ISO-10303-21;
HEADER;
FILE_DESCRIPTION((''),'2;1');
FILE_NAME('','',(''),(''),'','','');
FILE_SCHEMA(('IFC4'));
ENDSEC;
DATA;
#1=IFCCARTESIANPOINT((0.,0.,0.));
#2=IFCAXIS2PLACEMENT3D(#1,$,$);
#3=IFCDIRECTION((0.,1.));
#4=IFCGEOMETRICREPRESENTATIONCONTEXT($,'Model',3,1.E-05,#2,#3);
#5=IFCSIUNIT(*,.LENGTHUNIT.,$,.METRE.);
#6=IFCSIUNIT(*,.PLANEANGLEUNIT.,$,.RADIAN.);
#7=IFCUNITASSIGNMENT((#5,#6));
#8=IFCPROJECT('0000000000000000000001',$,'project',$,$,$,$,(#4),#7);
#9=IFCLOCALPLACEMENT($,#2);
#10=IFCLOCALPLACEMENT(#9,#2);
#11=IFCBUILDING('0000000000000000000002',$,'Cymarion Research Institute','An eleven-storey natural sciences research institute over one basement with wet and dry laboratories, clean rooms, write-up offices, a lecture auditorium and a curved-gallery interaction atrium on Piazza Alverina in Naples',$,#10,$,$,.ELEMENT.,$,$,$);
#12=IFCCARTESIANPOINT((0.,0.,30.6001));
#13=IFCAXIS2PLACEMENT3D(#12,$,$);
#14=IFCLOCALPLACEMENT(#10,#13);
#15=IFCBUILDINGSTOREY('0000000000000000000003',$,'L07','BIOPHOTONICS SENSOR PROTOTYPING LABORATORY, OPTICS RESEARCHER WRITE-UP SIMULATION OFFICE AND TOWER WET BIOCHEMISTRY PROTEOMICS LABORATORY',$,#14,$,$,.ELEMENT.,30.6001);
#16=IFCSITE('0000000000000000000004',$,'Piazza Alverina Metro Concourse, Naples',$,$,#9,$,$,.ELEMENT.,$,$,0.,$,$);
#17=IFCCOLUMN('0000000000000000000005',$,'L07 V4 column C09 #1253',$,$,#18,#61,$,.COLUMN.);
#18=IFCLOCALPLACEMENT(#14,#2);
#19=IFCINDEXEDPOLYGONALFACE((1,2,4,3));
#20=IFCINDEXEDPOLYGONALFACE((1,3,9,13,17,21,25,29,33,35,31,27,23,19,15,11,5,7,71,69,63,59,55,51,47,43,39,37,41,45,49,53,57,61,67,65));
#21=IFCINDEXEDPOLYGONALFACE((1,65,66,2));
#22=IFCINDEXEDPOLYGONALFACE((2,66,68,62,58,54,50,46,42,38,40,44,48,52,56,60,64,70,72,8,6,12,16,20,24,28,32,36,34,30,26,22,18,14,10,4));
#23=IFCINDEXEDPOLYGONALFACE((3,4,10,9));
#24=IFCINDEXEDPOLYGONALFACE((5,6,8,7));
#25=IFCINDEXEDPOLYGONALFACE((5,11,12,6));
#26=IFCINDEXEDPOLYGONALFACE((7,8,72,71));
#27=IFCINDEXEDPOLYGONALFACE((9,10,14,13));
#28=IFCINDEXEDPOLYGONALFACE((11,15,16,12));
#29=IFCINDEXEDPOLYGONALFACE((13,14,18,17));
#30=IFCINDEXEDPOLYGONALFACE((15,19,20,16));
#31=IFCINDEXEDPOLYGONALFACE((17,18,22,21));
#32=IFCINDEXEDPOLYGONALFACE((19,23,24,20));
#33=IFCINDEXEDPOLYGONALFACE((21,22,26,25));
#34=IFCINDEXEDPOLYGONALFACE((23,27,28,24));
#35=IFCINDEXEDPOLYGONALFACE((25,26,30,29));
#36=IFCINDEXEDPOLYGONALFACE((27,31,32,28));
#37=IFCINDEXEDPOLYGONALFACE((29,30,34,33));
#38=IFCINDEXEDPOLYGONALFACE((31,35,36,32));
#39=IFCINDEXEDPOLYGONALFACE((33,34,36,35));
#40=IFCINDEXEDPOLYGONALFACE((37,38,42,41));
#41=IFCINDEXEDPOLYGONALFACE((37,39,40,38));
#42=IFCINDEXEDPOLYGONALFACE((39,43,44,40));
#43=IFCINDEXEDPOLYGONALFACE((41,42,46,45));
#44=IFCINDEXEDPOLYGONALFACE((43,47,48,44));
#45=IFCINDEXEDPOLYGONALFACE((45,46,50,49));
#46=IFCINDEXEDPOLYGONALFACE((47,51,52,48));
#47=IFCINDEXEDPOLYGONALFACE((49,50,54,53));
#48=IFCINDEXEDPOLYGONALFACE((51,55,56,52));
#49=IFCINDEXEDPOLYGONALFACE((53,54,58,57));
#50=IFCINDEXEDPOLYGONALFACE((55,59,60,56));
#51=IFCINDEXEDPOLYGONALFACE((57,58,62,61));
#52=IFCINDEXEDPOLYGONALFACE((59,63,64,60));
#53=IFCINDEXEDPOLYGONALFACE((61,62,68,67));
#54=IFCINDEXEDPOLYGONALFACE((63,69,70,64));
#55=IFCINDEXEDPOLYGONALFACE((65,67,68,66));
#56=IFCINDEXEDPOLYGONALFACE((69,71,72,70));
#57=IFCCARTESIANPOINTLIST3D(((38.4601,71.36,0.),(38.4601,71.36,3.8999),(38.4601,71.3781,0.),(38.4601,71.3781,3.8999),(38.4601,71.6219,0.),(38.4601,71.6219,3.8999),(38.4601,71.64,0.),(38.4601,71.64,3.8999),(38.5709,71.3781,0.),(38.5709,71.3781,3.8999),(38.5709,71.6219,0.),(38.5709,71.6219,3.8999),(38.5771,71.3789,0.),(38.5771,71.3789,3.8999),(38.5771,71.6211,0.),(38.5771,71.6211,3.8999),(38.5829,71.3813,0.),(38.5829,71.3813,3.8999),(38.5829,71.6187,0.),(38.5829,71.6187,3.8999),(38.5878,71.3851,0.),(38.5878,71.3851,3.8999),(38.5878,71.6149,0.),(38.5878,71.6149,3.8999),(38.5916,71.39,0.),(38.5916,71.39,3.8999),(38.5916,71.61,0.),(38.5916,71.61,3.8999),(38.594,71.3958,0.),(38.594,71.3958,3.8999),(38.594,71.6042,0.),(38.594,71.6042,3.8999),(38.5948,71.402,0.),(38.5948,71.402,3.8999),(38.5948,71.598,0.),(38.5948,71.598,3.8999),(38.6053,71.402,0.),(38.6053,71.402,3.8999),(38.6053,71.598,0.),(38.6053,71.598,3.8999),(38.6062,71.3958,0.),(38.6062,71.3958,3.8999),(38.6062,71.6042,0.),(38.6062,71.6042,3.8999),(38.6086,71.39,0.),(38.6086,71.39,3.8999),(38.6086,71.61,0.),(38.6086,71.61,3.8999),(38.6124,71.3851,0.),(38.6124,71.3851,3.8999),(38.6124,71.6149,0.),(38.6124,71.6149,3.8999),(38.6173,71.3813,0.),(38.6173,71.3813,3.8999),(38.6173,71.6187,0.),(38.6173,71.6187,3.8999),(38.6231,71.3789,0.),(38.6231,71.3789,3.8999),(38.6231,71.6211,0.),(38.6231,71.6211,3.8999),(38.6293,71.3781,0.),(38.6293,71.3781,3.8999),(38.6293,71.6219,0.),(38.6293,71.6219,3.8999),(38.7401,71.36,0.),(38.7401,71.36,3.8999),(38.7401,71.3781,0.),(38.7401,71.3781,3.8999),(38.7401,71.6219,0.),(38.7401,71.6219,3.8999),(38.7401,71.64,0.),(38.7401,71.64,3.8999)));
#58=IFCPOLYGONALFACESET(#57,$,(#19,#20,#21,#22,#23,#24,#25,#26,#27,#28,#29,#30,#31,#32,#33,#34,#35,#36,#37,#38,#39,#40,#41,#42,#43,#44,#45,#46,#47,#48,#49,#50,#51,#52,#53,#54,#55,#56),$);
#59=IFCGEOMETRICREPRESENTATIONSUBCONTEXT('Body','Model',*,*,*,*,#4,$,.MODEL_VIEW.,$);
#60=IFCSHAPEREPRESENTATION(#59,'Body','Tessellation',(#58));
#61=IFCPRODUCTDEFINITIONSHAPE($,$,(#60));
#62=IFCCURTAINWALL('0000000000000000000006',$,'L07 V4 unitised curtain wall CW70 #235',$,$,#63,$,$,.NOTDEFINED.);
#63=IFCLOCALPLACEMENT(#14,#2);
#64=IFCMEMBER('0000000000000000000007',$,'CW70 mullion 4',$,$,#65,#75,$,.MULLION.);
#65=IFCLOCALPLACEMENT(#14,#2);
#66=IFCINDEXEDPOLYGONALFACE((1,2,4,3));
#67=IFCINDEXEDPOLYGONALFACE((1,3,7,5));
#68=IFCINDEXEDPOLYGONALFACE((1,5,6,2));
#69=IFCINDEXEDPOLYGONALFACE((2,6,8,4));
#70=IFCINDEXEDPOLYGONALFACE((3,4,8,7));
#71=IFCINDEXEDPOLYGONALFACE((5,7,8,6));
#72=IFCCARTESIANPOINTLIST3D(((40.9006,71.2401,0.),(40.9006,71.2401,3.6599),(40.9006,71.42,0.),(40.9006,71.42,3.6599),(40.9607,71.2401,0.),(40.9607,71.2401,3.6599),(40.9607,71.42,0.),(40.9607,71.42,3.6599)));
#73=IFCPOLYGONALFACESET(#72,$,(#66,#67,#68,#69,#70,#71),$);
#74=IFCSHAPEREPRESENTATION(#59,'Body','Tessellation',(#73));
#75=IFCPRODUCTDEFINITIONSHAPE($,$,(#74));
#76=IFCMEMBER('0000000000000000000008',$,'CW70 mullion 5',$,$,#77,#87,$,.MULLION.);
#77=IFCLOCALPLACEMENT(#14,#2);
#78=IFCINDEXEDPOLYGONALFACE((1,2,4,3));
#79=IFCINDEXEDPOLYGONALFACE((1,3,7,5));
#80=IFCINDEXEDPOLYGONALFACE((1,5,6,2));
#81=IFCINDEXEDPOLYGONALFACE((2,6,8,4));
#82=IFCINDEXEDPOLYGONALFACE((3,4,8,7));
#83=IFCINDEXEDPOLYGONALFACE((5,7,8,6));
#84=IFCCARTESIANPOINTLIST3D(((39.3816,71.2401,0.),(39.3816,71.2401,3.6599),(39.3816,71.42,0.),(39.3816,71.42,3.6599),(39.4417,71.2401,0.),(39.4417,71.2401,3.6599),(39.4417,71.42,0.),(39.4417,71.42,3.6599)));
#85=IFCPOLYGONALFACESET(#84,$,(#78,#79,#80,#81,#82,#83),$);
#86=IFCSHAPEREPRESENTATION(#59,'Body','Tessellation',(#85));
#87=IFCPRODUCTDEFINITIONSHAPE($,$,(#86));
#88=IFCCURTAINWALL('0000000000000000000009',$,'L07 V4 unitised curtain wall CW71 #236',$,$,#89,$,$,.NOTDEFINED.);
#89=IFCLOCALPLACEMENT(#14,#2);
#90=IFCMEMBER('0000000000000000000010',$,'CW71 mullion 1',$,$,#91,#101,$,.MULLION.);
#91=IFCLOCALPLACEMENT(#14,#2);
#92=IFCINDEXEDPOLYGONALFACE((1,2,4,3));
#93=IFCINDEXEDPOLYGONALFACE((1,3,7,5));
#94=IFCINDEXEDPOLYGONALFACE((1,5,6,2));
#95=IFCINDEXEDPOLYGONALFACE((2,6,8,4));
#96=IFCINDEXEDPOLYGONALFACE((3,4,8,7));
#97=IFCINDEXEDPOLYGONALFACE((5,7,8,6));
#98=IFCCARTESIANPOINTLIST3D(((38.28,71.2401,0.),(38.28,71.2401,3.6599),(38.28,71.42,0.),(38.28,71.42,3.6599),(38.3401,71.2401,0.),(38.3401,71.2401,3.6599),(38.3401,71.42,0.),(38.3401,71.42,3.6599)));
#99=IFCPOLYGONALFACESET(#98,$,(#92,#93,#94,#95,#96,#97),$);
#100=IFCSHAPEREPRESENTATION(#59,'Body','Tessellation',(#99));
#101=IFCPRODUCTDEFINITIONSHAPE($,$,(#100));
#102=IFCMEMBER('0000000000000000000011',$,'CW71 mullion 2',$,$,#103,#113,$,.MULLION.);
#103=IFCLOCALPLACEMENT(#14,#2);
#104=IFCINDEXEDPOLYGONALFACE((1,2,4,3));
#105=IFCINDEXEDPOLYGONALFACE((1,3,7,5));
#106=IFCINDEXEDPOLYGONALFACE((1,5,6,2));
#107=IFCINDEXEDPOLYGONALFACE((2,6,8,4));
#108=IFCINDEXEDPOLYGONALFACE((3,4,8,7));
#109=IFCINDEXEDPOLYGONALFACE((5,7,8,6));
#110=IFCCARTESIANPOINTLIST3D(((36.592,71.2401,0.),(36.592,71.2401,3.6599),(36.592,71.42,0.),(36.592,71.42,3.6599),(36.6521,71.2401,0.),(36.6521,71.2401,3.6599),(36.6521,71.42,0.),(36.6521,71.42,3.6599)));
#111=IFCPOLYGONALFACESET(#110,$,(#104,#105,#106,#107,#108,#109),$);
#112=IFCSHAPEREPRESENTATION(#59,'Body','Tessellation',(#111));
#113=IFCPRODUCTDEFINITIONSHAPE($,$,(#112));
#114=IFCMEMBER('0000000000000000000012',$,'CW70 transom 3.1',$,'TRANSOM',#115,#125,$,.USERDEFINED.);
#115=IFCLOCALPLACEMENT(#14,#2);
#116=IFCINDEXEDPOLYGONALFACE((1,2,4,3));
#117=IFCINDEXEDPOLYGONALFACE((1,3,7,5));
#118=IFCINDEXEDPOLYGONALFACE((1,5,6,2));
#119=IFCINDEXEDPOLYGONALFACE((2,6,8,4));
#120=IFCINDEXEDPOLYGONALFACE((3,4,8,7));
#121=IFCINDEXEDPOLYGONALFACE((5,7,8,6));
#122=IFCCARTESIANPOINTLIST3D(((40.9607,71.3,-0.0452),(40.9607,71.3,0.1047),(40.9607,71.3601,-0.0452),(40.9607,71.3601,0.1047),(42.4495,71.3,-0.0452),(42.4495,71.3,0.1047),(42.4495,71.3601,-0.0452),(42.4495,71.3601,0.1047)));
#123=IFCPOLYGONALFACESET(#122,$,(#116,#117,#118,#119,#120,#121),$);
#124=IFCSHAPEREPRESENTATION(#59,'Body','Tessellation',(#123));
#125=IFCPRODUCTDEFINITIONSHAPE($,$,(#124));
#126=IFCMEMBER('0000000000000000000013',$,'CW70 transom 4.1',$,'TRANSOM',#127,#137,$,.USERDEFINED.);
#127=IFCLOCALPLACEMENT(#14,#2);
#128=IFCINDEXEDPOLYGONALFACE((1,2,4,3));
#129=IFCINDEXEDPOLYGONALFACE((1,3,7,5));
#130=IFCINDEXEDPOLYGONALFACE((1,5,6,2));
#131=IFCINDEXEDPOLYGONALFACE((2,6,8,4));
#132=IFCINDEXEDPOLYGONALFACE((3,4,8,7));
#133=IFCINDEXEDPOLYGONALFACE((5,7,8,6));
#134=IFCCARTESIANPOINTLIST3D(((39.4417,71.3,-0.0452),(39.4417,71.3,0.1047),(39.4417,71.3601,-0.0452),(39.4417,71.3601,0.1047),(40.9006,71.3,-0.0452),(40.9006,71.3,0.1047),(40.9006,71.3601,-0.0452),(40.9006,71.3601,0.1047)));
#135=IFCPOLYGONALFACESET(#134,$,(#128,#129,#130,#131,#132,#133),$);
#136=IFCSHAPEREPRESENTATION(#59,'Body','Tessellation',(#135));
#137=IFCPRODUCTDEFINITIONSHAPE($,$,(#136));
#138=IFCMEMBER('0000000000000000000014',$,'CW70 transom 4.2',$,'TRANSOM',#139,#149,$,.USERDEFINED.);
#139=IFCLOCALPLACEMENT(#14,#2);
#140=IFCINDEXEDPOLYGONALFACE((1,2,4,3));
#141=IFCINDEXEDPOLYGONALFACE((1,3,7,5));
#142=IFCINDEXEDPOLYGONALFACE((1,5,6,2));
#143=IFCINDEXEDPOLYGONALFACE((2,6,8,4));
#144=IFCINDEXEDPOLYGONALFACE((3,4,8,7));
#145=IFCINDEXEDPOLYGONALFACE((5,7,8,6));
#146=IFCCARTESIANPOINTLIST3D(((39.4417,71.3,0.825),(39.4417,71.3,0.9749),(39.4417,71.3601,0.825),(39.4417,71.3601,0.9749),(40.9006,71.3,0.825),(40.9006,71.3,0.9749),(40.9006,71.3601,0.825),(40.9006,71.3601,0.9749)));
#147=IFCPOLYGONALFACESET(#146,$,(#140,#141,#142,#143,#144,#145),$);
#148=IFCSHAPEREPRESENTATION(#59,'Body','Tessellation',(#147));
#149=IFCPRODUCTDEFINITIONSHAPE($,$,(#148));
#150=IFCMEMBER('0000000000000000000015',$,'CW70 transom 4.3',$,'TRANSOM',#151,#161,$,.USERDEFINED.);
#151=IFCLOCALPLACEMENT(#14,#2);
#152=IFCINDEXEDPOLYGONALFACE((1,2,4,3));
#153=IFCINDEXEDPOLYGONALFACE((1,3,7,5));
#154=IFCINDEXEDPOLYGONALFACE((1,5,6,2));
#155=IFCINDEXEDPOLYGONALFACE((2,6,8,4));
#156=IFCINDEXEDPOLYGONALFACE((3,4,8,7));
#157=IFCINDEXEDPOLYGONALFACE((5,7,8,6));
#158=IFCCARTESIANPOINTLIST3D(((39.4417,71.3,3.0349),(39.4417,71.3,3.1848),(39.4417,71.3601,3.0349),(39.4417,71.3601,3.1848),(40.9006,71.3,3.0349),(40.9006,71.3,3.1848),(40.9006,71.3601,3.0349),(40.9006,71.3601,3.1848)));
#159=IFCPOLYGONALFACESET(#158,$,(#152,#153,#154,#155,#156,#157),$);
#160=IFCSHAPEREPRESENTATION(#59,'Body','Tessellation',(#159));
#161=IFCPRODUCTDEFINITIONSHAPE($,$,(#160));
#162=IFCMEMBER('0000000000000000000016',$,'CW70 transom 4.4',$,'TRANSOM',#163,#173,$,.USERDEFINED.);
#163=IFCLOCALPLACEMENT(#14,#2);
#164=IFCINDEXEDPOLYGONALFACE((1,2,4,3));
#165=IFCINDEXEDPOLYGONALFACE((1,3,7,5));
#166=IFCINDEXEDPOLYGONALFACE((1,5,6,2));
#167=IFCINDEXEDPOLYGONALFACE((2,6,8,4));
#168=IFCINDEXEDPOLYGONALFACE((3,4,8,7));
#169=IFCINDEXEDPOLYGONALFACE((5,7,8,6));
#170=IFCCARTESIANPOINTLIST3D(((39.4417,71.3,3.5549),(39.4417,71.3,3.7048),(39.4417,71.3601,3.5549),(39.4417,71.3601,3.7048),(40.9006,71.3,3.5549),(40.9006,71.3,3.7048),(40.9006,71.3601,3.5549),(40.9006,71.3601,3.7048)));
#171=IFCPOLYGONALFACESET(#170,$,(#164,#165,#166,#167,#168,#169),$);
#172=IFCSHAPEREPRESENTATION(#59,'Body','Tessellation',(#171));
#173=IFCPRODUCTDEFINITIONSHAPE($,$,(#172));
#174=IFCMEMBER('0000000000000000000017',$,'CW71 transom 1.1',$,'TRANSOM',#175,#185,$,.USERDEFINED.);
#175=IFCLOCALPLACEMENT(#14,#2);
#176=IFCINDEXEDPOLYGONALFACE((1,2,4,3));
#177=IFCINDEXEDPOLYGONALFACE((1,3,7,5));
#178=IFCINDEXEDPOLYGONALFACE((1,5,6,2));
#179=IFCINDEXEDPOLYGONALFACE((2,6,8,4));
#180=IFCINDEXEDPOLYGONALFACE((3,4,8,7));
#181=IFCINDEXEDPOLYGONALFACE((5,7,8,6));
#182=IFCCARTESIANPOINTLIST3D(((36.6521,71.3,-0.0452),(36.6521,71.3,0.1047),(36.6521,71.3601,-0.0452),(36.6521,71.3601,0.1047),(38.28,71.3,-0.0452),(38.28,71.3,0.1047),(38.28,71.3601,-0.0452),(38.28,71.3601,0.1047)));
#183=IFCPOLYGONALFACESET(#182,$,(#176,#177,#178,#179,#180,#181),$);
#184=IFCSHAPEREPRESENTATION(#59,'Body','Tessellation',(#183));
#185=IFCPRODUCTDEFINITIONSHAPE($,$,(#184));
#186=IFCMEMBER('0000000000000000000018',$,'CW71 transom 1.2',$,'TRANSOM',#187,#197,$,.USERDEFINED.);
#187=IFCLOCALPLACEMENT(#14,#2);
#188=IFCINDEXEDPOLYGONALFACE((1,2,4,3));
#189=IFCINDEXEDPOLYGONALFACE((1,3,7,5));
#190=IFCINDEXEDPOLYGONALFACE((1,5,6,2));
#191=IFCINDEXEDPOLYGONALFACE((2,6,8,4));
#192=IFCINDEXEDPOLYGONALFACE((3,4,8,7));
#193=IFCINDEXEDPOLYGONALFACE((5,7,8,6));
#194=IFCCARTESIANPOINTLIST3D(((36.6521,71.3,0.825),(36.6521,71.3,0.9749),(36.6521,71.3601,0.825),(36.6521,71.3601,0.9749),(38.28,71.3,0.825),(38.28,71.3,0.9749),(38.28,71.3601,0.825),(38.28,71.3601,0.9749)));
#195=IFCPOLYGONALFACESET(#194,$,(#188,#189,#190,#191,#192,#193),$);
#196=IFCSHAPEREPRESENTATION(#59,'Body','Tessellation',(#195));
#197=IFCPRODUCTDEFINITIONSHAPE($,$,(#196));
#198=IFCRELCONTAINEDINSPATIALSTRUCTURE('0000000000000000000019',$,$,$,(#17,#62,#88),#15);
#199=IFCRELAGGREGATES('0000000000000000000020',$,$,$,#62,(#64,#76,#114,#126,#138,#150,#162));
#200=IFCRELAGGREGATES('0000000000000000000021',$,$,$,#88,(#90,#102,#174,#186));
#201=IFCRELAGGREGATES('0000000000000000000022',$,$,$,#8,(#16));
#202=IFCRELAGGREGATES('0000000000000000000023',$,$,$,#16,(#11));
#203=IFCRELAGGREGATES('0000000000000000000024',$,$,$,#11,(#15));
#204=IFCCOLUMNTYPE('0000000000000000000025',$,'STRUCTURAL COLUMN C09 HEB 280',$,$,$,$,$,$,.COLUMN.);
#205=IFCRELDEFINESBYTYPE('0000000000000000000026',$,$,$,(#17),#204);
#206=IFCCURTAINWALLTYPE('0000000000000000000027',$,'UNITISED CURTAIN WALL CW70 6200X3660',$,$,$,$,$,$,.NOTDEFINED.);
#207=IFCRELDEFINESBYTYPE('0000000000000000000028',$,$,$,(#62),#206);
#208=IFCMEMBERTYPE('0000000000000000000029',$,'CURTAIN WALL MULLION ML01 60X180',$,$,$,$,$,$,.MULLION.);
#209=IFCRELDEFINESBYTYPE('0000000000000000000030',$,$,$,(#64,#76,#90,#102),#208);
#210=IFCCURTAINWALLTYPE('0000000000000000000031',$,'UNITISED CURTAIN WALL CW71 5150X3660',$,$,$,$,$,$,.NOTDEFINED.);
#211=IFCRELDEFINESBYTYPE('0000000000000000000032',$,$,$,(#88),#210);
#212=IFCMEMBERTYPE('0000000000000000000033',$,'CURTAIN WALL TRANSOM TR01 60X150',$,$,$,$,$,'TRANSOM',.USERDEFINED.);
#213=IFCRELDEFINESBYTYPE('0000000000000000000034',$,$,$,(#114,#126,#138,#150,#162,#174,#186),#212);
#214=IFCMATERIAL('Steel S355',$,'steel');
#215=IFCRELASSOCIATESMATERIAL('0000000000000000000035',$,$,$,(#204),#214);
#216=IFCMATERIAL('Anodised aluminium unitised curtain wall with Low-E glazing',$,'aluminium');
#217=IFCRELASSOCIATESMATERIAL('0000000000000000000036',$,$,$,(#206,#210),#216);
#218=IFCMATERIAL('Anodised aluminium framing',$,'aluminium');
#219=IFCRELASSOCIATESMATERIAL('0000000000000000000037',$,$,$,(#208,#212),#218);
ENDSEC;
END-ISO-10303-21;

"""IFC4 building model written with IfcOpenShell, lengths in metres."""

from ifc_helpers import new_model, si_unit, direction, frame, origin, origin_2d, place, context, subcontext, project, spatial, rectangle, i_section, extrude, material, material_profile, profile_set, type_object, element, aggregate, save


model = new_model("IFC4")

# Units and contexts
model_context = context("Model", 3, precision=1e-05, world=origin(), true_north=direction((0.0, 1.0)))
body_context = subcontext(model_context, "Body", "Model", "MODEL_VIEW")
ifc_project = project(units=[si_unit("LENGTHUNIT", "METRE"), si_unit("PLANEANGLEUNIT", "RADIAN")], contexts=[model_context])

# Site, building, storey
site_placement = place(None, origin())
site = spatial("IfcSite", under=ifc_project, at=site_placement, Name="Piazza Alverina Metro Concourse, Naples", CompositionType="ELEMENT", RefElevation=0.0)
building_placement = place(site_placement, origin())
building = spatial("IfcBuilding", under=site, at=building_placement, Name="Cymarion Research Institute", Description="An eleven-storey natural sciences research institute over one basement with wet and dry laboratories, clean rooms, write-up offices, a lecture auditorium and a curved-gallery interaction atrium on Piazza Alverina in Naples", CompositionType="ELEMENT")
storey_placement = place(building_placement, frame((0.0, 0.0, 30.6001)))
storey = spatial("IfcBuildingStorey", under=building, at=storey_placement, Name="L07", Description="BIOPHOTONICS SENSOR PROTOTYPING LABORATORY, OPTICS RESEARCHER WRITE-UP SIMULATION OFFICE AND TOWER WET BIOCHEMISTRY PROTEOMICS LABORATORY", CompositionType="ELEMENT", Elevation=30.6001)

# Column
ifc_material_1 = material(Name="Steel S355", Category="steel")
ifc_material_profile_1 = material_profile(ifc_material_1, i_section(OverallWidth=0.28, OverallDepth=0.28, WebThickness=0.0105, FlangeThickness=0.0181, FilletRadius=0.0239, at=origin_2d()), Name="HEB 280")
ifc_profile_set_1 = profile_set([ifc_material_profile_1], Name="Steel S355")
column_type = type_object("IfcColumnType", Name="STRUCTURAL COLUMN C09 HEB 280", PredefinedType="COLUMN", material=ifc_profile_set_1)
column_placement = place(storey_placement, frame((38.6001, 71.5, 0.0), z_axis=(0.0, 0.0, 1.0), x_axis=(1.0, 0.0, 0.0)))
element("IfcColumn", 1, at=column_placement, inside=storey, type_object=column_type, Name="L07 V4 column C09 #1253", PredefinedType="COLUMN", context=body_context, shape_type="SweptSolid", body=[
    extrude(i_section(OverallWidth=0.28, OverallDepth=0.28, WebThickness=0.0105, FlangeThickness=0.0181, FilletRadius=0.0239, at=origin_2d()), origin(), (0.0, 0.0, 1.0), 3.8999),
])

# Curtain walls, members
ifc_material_2 = material(Name="Anodised aluminium unitised curtain wall with Low-E glazing", Category="aluminium")
curtain_wall_type_1 = type_object("IfcCurtainWallType", Name="UNITISED CURTAIN WALL CW70 6200X3660", PredefinedType="NOTDEFINED", material=ifc_material_2)
curtain_wall_1_placement = place(storey_placement, origin())
curtain_wall_1 = element("IfcCurtainWall", 2, at=curtain_wall_1_placement, inside=storey, type_object=curtain_wall_type_1, Name="L07 V4 unitised curtain wall CW70 #235", PredefinedType="NOTDEFINED")
ifc_material_3 = material(Name="Anodised aluminium framing", Category="aluminium")
ifc_material_profile_2 = material_profile(ifc_material_3, rectangle(XDim=0.0601, YDim=0.1799, at=origin_2d()), Name="ALU MULLION 60x180")
ifc_profile_set_2 = profile_set([ifc_material_profile_2], Name="Anodised aluminium framing")
member_type_1 = type_object("IfcMemberType", Name="CURTAIN WALL MULLION ML01 60X180", PredefinedType="MULLION", material=ifc_profile_set_2)
member_1_placement = place(storey_placement, frame((40.9307, 71.3301, 0.0), z_axis=(0.0, 0.0, 1.0), x_axis=(-1.0, 0.0, 0.0)))
member_1 = element("IfcMember", 3, at=member_1_placement, type_object=member_type_1, Name="CW70 mullion 4", PredefinedType="MULLION", context=body_context, shape_type="SweptSolid", body=[
    extrude(rectangle(XDim=0.0601, YDim=0.1799, at=origin_2d()), origin(), (0.0, 0.0, 1.0), 3.6599),
])
member_2_placement = place(storey_placement, frame((39.4116, 71.3301, 0.0), z_axis=(0.0, 0.0, 1.0), x_axis=(-1.0, 0.0, 0.0)))
member_2 = element("IfcMember", 4, at=member_2_placement, type_object=member_type_1, Name="CW70 mullion 5", PredefinedType="MULLION", context=body_context, shape_type="SweptSolid", body=[
    extrude(rectangle(XDim=0.0601, YDim=0.1799, at=origin_2d()), origin(), (0.0, 0.0, 1.0), 3.6599),
])
curtain_wall_type_2 = type_object("IfcCurtainWallType", Name="UNITISED CURTAIN WALL CW71 5150X3660", PredefinedType="NOTDEFINED", material=ifc_material_2)
curtain_wall_2_placement = place(storey_placement, origin())
curtain_wall_2 = element("IfcCurtainWall", 5, at=curtain_wall_2_placement, inside=storey, type_object=curtain_wall_type_2, Name="L07 V4 unitised curtain wall CW71 #236", PredefinedType="NOTDEFINED")
member_3_placement = place(storey_placement, frame((38.3101, 71.3301, 0.0), z_axis=(0.0, 0.0, 1.0), x_axis=(-1.0, 0.0, 0.0)))
member_3 = element("IfcMember", 6, at=member_3_placement, type_object=member_type_1, Name="CW71 mullion 1", PredefinedType="MULLION", context=body_context, shape_type="SweptSolid", body=[
    extrude(rectangle(XDim=0.0601, YDim=0.1799, at=origin_2d()), origin(), (0.0, 0.0, 1.0), 3.6599),
])
member_4_placement = place(storey_placement, frame((36.6221, 71.3301, 0.0), z_axis=(0.0, 0.0, 1.0), x_axis=(-1.0, 0.0, 0.0)))
member_4 = element("IfcMember", 7, at=member_4_placement, type_object=member_type_1, Name="CW71 mullion 2", PredefinedType="MULLION", context=body_context, shape_type="SweptSolid", body=[
    extrude(rectangle(XDim=0.0601, YDim=0.1799, at=origin_2d()), origin(), (0.0, 0.0, 1.0), 3.6599),
])

# Members
ifc_material_profile_3 = material_profile(ifc_material_3, rectangle(XDim=0.0601, YDim=0.1499, at=origin_2d()), Name="ALU TRANSOM 60x150")
ifc_profile_set_3 = profile_set([ifc_material_profile_3], Name="Anodised aluminium framing")
member_type_2 = type_object("IfcMemberType", Name="CURTAIN WALL TRANSOM TR01 60X150", ElementType="TRANSOM", PredefinedType="USERDEFINED", material=ifc_profile_set_3)
member_5_placement = place(storey_placement, frame((42.4495, 71.3301, 0.0298), z_axis=(-1.0, 0.0, 0.0), x_axis=(0.0, -1.0, 0.0)))
member_5 = element("IfcMember", 8, at=member_5_placement, type_object=member_type_2, Name="CW70 transom 3.1", ObjectType="TRANSOM", PredefinedType="USERDEFINED", context=body_context, shape_type="SweptSolid", body=[
    extrude(rectangle(XDim=0.0601, YDim=0.1499, at=origin_2d()), origin(), (0.0, 0.0, 1.0), 1.4888),
])
member_6_placement = place(storey_placement, frame((40.9006, 71.3301, 0.0298), z_axis=(-1.0, 0.0, 0.0), x_axis=(0.0, -1.0, 0.0)))
member_6 = element("IfcMember", 9, at=member_6_placement, type_object=member_type_2, Name="CW70 transom 4.1", ObjectType="TRANSOM", PredefinedType="USERDEFINED", context=body_context, shape_type="SweptSolid", body=[
    extrude(rectangle(XDim=0.0601, YDim=0.1499, at=origin_2d()), origin(), (0.0, 0.0, 1.0), 1.459),
])
member_7_placement = place(storey_placement, frame((40.9006, 71.3301, 0.8999), z_axis=(-1.0, 0.0, 0.0), x_axis=(0.0, -1.0, 0.0)))
member_7 = element("IfcMember", 10, at=member_7_placement, type_object=member_type_2, Name="CW70 transom 4.2", ObjectType="TRANSOM", PredefinedType="USERDEFINED", context=body_context, shape_type="SweptSolid", body=[
    extrude(rectangle(XDim=0.0601, YDim=0.1499, at=origin_2d()), origin(), (0.0, 0.0, 1.0), 1.459),
])
member_8_placement = place(storey_placement, frame((40.9006, 71.3301, 3.1099), z_axis=(-1.0, 0.0, 0.0), x_axis=(0.0, -1.0, 0.0)))
member_8 = element("IfcMember", 11, at=member_8_placement, type_object=member_type_2, Name="CW70 transom 4.3", ObjectType="TRANSOM", PredefinedType="USERDEFINED", context=body_context, shape_type="SweptSolid", body=[
    extrude(rectangle(XDim=0.0601, YDim=0.1499, at=origin_2d()), origin(), (0.0, 0.0, 1.0), 1.459),
])
member_9_placement = place(storey_placement, frame((40.9006, 71.3301, 3.6299), z_axis=(-1.0, 0.0, 0.0), x_axis=(0.0, -1.0, 0.0)))
member_9 = element("IfcMember", 12, at=member_9_placement, type_object=member_type_2, Name="CW70 transom 4.4", ObjectType="TRANSOM", PredefinedType="USERDEFINED", context=body_context, shape_type="SweptSolid", body=[
    extrude(rectangle(XDim=0.0601, YDim=0.1499, at=origin_2d()), origin(), (0.0, 0.0, 1.0), 1.459),
])
member_10_placement = place(storey_placement, frame((38.28, 71.3301, 0.0298), z_axis=(-1.0, 0.0, 0.0), x_axis=(0.0, -1.0, 0.0)))
member_10 = element("IfcMember", 13, at=member_10_placement, type_object=member_type_2, Name="CW71 transom 1.1", ObjectType="TRANSOM", PredefinedType="USERDEFINED", context=body_context, shape_type="SweptSolid", body=[
    extrude(rectangle(XDim=0.0601, YDim=0.1499, at=origin_2d()), origin(), (0.0, 0.0, 1.0), 1.6279),
])
member_11_placement = place(storey_placement, frame((38.28, 71.3301, 0.8999), z_axis=(-1.0, 0.0, 0.0), x_axis=(0.0, -1.0, 0.0)))
member_11 = element("IfcMember", 14, at=member_11_placement, type_object=member_type_2, Name="CW71 transom 1.2", ObjectType="TRANSOM", PredefinedType="USERDEFINED", context=body_context, shape_type="SweptSolid", body=[
    extrude(rectangle(XDim=0.0601, YDim=0.1499, at=origin_2d()), origin(), (0.0, 0.0, 1.0), 1.6279),
])

aggregate(curtain_wall_1, [member_1, member_2, member_5, member_6, member_7, member_8, member_9])
aggregate(curtain_wall_2, [member_3, member_4, member_10, member_11])

save(model, "model.ifc")
